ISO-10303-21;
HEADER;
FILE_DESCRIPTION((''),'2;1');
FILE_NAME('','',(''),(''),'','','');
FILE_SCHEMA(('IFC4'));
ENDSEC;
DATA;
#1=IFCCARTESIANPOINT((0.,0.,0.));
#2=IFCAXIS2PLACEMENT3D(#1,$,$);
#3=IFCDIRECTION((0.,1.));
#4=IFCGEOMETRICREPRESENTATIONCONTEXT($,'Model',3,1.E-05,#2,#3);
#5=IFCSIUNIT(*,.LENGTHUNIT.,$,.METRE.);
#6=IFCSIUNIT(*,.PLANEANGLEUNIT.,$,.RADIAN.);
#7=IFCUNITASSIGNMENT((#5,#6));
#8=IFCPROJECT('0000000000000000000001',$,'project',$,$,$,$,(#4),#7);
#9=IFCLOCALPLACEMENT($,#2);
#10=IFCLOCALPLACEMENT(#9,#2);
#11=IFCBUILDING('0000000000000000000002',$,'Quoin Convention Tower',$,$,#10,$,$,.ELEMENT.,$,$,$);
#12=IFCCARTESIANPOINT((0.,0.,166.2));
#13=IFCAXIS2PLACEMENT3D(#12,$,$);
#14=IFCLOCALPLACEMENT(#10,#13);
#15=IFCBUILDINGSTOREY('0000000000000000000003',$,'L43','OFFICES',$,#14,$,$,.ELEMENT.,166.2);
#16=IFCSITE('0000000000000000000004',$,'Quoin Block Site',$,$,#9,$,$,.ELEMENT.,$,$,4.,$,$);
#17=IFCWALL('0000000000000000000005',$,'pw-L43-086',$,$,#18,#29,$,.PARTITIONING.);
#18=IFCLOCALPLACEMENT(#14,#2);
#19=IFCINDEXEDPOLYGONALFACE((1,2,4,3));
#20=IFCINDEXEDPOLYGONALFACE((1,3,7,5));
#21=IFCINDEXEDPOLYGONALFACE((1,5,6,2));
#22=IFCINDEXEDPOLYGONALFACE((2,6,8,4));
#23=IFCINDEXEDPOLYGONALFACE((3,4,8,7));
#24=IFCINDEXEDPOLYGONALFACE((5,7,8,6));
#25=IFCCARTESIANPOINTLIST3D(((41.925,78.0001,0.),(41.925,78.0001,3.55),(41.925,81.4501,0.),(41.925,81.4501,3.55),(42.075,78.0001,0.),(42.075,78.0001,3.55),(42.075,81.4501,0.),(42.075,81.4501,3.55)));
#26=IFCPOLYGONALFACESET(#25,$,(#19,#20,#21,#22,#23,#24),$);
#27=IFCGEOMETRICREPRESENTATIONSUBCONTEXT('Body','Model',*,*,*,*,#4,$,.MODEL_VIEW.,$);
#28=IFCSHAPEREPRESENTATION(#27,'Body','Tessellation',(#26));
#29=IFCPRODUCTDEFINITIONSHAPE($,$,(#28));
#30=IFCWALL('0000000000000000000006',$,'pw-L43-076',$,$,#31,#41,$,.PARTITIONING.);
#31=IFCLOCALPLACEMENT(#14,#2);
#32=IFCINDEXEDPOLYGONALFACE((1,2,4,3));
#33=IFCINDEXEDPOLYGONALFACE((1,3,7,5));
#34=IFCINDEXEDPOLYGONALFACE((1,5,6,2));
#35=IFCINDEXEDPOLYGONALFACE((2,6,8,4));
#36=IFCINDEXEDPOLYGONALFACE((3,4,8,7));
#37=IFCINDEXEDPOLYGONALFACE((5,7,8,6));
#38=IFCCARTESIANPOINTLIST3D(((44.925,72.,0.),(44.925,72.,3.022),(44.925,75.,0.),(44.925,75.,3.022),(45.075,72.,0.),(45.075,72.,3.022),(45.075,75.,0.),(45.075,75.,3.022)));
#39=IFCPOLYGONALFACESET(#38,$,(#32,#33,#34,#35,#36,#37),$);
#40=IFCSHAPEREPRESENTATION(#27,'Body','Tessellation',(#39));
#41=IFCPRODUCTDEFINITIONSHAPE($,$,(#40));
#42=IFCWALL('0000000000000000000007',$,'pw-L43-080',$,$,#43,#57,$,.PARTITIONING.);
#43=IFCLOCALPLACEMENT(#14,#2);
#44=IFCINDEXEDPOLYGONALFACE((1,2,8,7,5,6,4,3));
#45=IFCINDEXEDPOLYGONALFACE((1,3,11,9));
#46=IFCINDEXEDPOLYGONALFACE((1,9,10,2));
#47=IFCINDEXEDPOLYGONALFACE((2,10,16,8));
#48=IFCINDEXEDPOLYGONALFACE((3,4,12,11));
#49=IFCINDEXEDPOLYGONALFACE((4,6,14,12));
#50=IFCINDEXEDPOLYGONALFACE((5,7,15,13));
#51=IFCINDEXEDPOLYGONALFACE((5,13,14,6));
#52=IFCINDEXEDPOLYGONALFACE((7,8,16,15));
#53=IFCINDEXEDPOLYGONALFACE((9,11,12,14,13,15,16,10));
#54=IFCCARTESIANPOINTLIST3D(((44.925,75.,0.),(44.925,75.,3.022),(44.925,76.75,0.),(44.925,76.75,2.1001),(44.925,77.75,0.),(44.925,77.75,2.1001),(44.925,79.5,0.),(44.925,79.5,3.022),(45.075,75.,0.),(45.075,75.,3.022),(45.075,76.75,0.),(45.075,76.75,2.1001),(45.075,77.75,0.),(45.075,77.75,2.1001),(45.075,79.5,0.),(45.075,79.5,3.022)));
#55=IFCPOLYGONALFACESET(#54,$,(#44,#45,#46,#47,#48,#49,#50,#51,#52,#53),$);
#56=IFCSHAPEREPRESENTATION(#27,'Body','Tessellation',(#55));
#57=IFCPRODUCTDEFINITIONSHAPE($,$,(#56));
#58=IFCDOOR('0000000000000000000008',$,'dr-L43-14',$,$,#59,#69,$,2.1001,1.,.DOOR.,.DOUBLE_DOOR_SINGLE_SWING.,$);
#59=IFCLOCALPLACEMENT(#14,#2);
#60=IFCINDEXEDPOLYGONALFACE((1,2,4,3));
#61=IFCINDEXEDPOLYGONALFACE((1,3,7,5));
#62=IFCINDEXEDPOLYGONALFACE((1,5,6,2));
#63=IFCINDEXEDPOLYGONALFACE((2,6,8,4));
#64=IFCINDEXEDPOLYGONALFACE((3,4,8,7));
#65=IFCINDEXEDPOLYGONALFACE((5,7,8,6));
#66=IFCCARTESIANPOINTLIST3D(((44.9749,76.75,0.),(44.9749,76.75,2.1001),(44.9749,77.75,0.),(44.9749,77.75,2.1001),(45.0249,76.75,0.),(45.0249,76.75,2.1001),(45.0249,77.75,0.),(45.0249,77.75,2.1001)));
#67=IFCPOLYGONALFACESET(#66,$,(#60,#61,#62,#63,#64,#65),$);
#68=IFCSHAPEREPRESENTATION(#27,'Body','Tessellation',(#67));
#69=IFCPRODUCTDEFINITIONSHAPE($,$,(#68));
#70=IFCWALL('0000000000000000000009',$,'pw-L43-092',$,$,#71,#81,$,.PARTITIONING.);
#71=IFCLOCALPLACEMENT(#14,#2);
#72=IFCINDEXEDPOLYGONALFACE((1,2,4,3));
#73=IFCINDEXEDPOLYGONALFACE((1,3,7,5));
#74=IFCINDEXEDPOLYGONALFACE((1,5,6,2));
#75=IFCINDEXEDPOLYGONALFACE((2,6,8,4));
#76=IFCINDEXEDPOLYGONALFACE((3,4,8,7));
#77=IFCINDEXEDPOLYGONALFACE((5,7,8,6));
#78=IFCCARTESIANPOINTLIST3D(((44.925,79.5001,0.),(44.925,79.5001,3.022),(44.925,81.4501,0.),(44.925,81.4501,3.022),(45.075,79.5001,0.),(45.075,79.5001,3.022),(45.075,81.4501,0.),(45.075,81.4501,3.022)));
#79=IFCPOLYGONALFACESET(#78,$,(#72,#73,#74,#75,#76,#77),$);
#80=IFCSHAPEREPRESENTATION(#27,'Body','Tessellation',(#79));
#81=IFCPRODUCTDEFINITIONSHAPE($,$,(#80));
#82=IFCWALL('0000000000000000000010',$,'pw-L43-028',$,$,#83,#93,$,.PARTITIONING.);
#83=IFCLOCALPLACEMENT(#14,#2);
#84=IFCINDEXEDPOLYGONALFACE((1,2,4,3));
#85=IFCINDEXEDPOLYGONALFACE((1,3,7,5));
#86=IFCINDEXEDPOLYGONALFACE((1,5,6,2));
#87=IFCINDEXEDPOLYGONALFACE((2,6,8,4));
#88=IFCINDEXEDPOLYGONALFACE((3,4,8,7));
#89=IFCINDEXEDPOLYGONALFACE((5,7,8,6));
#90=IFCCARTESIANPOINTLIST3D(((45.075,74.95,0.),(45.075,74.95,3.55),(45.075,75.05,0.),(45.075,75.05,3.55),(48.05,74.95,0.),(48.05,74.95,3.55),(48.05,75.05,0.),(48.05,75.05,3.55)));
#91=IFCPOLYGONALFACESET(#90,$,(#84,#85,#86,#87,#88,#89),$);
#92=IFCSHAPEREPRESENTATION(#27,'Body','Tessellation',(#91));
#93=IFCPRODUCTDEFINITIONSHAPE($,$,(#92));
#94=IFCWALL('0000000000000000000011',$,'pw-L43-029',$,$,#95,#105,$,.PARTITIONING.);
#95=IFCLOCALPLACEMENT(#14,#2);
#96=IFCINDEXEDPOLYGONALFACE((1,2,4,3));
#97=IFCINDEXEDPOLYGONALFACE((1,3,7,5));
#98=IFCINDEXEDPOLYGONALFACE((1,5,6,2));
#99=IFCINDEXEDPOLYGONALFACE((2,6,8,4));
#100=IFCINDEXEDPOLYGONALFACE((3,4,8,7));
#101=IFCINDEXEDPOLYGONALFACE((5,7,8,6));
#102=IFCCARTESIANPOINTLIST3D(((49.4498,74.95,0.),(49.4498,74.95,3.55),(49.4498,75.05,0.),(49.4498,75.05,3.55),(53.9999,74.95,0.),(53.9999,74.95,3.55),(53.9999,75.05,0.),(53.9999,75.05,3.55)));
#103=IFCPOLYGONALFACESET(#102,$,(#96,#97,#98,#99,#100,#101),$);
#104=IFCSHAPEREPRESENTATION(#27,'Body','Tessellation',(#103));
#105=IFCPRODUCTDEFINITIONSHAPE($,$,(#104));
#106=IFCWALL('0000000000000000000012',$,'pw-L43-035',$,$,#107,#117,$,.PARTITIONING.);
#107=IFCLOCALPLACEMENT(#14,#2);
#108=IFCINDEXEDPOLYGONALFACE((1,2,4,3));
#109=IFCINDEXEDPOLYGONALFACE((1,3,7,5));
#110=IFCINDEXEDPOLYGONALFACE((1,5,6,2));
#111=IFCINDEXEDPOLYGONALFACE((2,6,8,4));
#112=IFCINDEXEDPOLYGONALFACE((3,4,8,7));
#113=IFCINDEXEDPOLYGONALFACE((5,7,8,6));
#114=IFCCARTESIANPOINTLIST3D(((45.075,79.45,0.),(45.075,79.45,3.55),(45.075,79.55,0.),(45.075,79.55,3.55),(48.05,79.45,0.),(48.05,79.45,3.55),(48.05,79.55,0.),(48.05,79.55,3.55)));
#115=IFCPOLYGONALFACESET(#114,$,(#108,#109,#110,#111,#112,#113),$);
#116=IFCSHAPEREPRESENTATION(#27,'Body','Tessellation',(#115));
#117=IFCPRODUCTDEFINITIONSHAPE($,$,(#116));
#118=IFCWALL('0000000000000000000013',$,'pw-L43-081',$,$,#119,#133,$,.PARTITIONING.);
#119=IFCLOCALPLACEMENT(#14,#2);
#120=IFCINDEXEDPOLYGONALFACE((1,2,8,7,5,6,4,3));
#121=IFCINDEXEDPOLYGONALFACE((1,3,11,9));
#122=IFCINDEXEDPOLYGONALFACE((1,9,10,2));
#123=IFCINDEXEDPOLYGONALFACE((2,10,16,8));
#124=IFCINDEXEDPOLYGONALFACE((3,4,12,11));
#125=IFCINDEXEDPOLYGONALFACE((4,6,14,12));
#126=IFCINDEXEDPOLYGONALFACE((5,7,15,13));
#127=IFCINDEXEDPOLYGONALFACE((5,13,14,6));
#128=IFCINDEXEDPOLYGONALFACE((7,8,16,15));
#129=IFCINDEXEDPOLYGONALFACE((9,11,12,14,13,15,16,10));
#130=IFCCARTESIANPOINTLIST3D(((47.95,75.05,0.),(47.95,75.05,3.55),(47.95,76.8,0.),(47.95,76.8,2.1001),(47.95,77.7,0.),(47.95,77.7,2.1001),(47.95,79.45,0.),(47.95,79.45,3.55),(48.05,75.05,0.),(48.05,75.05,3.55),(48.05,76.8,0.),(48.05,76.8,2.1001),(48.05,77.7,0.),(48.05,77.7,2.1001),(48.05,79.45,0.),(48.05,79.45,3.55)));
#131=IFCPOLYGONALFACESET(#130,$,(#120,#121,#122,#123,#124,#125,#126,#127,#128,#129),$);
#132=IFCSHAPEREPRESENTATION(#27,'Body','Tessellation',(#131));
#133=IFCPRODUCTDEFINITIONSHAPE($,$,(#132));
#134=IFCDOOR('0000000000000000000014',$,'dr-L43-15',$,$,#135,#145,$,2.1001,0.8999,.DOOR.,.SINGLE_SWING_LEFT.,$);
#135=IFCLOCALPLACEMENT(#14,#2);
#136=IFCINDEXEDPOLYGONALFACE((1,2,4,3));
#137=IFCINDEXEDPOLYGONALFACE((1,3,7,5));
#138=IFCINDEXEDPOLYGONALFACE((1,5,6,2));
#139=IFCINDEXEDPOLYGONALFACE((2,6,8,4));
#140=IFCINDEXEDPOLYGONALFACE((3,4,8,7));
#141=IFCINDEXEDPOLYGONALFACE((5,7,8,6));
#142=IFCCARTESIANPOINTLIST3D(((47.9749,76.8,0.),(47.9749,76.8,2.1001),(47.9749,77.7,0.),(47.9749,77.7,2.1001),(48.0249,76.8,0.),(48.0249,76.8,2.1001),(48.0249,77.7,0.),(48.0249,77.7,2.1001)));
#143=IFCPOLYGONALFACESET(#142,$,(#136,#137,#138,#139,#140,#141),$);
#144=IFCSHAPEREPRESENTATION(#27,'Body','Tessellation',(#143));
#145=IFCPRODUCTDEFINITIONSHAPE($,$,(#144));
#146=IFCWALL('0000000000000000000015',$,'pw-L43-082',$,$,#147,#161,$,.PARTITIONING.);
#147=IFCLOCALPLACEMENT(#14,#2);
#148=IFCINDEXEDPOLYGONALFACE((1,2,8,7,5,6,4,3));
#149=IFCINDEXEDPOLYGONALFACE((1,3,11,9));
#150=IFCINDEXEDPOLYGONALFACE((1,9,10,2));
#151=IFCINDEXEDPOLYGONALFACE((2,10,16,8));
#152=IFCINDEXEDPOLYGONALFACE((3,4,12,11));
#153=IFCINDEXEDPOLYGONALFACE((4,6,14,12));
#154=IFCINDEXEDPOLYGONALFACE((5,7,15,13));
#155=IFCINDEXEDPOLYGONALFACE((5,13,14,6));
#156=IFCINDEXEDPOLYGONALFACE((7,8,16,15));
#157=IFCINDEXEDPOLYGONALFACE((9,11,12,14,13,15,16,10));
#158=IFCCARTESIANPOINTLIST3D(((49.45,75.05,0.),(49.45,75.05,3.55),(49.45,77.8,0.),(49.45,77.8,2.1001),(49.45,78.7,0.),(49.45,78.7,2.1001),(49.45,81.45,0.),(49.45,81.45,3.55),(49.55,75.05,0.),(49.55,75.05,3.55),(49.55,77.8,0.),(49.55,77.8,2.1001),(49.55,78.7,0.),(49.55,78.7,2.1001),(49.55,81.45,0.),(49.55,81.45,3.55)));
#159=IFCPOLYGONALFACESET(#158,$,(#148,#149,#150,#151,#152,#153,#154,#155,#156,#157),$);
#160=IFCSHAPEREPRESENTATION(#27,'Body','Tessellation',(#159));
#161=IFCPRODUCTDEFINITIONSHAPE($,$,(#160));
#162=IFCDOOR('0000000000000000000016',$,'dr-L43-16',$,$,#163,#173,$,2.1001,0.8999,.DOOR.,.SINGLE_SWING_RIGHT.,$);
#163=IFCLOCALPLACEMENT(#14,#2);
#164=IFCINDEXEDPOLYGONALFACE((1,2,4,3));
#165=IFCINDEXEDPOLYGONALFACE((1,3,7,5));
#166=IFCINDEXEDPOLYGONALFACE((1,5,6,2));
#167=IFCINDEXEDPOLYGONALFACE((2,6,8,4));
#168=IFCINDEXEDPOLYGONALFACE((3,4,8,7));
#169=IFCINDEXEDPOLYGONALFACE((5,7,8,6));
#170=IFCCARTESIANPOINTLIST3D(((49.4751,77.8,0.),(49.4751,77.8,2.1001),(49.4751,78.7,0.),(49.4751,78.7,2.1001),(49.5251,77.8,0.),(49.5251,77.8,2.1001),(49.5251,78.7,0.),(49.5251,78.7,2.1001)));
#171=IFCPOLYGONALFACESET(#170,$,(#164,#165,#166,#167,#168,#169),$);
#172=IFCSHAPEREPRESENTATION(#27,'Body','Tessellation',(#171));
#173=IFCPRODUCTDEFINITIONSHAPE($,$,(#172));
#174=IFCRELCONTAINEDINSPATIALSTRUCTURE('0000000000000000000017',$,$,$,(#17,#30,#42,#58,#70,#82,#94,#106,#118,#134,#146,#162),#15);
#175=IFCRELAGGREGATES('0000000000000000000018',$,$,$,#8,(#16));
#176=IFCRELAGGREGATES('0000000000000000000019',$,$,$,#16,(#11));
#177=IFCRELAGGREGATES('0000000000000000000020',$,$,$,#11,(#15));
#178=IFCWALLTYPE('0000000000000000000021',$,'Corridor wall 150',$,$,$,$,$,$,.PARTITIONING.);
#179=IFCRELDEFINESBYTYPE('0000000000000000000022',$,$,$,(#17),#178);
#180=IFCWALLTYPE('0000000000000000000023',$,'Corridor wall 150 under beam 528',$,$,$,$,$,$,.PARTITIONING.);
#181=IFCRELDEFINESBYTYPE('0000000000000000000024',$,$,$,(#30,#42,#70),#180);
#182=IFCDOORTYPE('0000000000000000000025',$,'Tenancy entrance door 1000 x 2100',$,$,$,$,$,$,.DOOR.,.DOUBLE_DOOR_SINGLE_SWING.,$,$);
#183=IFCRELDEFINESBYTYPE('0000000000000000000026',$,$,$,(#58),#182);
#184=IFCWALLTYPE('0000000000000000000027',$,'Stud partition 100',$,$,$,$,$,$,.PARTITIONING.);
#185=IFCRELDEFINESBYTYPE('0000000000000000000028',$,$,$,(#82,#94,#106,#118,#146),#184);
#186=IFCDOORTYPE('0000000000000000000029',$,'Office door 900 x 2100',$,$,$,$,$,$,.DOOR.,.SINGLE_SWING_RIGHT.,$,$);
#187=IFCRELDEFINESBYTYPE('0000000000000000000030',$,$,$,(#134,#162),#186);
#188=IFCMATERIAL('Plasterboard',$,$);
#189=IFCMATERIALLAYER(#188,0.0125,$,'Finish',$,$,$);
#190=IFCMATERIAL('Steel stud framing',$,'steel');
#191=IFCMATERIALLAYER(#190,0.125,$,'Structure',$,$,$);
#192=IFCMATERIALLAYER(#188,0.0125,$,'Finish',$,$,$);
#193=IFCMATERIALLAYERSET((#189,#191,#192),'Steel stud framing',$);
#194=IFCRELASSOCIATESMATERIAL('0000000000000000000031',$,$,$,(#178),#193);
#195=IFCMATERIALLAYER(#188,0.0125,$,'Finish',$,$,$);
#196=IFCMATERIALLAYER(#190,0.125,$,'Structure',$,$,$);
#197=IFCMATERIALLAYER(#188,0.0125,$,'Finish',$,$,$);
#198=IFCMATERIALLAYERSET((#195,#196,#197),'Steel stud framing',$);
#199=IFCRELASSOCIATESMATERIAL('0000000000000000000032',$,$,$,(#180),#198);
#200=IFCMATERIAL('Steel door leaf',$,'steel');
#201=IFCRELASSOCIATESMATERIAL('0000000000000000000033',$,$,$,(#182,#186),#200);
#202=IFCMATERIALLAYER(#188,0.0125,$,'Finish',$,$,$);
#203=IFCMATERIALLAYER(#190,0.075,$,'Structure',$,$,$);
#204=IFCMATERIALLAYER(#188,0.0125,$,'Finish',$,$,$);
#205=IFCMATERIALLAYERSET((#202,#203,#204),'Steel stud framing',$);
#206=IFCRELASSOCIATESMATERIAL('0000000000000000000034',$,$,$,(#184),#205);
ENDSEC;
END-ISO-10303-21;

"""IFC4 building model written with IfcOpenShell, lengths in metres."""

from ifc_helpers import new_model, si_unit, direction, frame, frame_2d, origin, place, context, subcontext, project, spatial, rectangle, extrude, material, layer, layer_set, type_object, element, fill, save


model = new_model("IFC4")

# Units and contexts
model_context = context("Model", 3, precision=1e-05, world=origin(), true_north=direction((0.0, 1.0)))
body_context = subcontext(model_context, "Body", "Model", "MODEL_VIEW")
ifc_project = project(units=[si_unit("LENGTHUNIT", "METRE"), si_unit("PLANEANGLEUNIT", "RADIAN")], contexts=[model_context])

# Site, building, storey
site_placement = place(None, origin())
site = spatial("IfcSite", under=ifc_project, at=site_placement, Name="Quoin Block Site", CompositionType="ELEMENT", RefElevation=4.0)
building_placement = place(site_placement, origin())
building = spatial("IfcBuilding", under=site, at=building_placement, Name="Quoin Convention Tower", CompositionType="ELEMENT")
storey_placement = place(building_placement, frame((0.0, 0.0, 166.2)))
storey = spatial("IfcBuildingStorey", under=building, at=storey_placement, Name="L43", Description="OFFICES", CompositionType="ELEMENT", Elevation=166.2)

# Walls
ifc_material_1 = material(Name="Plasterboard")
ifc_layer_1 = layer(ifc_material_1, 0.0125, Name="Finish")
ifc_material_2 = material(Name="Steel stud framing", Category="steel")
ifc_layer_2 = layer(ifc_material_2, 0.125, Name="Structure")
ifc_layer_3 = layer(ifc_material_1, 0.0125, Name="Finish")
ifc_layer_set_1 = layer_set([ifc_layer_1, ifc_layer_2, ifc_layer_3], Name="Steel stud framing")
wall_type_1 = type_object("IfcWallType", Name="Corridor wall 150", PredefinedType="PARTITIONING", material=ifc_layer_set_1)
wall_1_placement = place(storey_placement, frame((42.0, 78.0, 0.0), z_axis=(0.0, 0.0, 1.0), x_axis=(0.0, 1.0, 0.0)))
element("IfcWall", 1, at=wall_1_placement, inside=storey, type_object=wall_type_1, Name="pw-L43-086", PredefinedType="PARTITIONING", context=body_context, shape_type="SweptSolid", body=[
    extrude(rectangle(XDim=3.45, YDim=0.1499, at=frame_2d((1.7251, 0.0))), origin(), (0.0, 0.0, 1.0), 3.55),
])
ifc_layer_4 = layer(ifc_material_1, 0.0125, Name="Finish")
ifc_layer_5 = layer(ifc_material_2, 0.125, Name="Structure")
ifc_layer_6 = layer(ifc_material_1, 0.0125, Name="Finish")
ifc_layer_set_2 = layer_set([ifc_layer_4, ifc_layer_5, ifc_layer_6], Name="Steel stud framing")
wall_type_2 = type_object("IfcWallType", Name="Corridor wall 150 under beam 528", PredefinedType="PARTITIONING", material=ifc_layer_set_2)
wall_2_placement = place(storey_placement, frame((45.0, 72.0, 0.0), z_axis=(0.0, 0.0, 1.0), x_axis=(0.0, 1.0, 0.0)))
element("IfcWall", 2, at=wall_2_placement, inside=storey, type_object=wall_type_2, Name="pw-L43-076", PredefinedType="PARTITIONING", context=body_context, shape_type="SweptSolid", body=[
    extrude(rectangle(XDim=3.0, YDim=0.1499, at=frame_2d((1.5, 0.0))), origin(), (0.0, 0.0, 1.0), 3.022),
])

# Wall, opening, door
wall_3_placement = place(storey_placement, frame((45.0, 75.0, 0.0), z_axis=(0.0, 0.0, 1.0), x_axis=(0.0, 1.0, 0.0)))
wall_3 = element("IfcWall", 3, at=wall_3_placement, inside=storey, type_object=wall_type_2, Name="pw-L43-080", PredefinedType="PARTITIONING", context=body_context, shape_type="SweptSolid", body=[
    extrude(rectangle(XDim=4.5, YDim=0.1499, at=frame_2d((2.25, 0.0))), origin(), (0.0, 0.0, 1.0), 3.022),
])
opening_1_placement = place(wall_3_placement, frame((1.75, 0.0, 0.0)))
opening_1 = element("IfcOpeningElement", 4, at=opening_1_placement, cuts=wall_3, PredefinedType="OPENING", context=body_context, shape_type="SweptSolid", body=[
    extrude(rectangle(XDim=1.0, YDim=2.1001, at=frame_2d((0.5, 1.05))), frame((0.0, 0.085, 0.0), z_axis=(0.0, -1.0, 0.0), x_axis=(1.0, 0.0, 0.0)), (0.0, 0.0, 1.0), 0.1699),
])
ifc_material_3 = material(Name="Steel door leaf", Category="steel")
door_type_1 = type_object("IfcDoorType", Name="Tenancy entrance door 1000 x 2100", OperationType="DOUBLE_DOOR_SINGLE_SWING", PredefinedType="DOOR", material=ifc_material_3)
door_1_placement = place(opening_1_placement, frame((1.0, 0.0, 0.0), z_axis=(0.0, 0.0, 1.0), x_axis=(-1.0, 0.0, 0.0)))
door_1 = element("IfcDoor", 5, at=door_1_placement, inside=storey, type_object=door_type_1, Name="dr-L43-14", OperationType="DOUBLE_DOOR_SINGLE_SWING", OverallHeight=2.1001, OverallWidth=1.0, PredefinedType="DOOR", context=body_context, shape_type="SweptSolid", body=[
    extrude(rectangle(XDim=1.0, YDim=2.1001, at=frame_2d((0.5, 1.05))), frame((0.0, 0.0249, 0.0), z_axis=(0.0, -1.0, 0.0), x_axis=(1.0, 0.0, 0.0)), (0.0, 0.0, 1.0), 0.05),
])
fill(opening_1, door_1)

# Walls
wall_4_placement = place(storey_placement, frame((45.0, 79.5, 0.0), z_axis=(0.0, 0.0, 1.0), x_axis=(0.0, 1.0, 0.0)))
element("IfcWall", 6, at=wall_4_placement, inside=storey, type_object=wall_type_2, Name="pw-L43-092", PredefinedType="PARTITIONING", context=body_context, shape_type="SweptSolid", body=[
    extrude(rectangle(XDim=1.95, YDim=0.1499, at=frame_2d((0.9751, 0.0))), origin(), (0.0, 0.0, 1.0), 3.022),
])
ifc_layer_7 = layer(ifc_material_1, 0.0125, Name="Finish")
ifc_layer_8 = layer(ifc_material_2, 0.075, Name="Structure")
ifc_layer_9 = layer(ifc_material_1, 0.0125, Name="Finish")
ifc_layer_set_3 = layer_set([ifc_layer_7, ifc_layer_8, ifc_layer_9], Name="Steel stud framing")
wall_type_3 = type_object("IfcWallType", Name="Stud partition 100", PredefinedType="PARTITIONING", material=ifc_layer_set_3)
wall_5_placement = place(storey_placement, frame((45.075, 75.0, 0.0), z_axis=(0.0, 0.0, 1.0), x_axis=(1.0, 0.0, 0.0)))
element("IfcWall", 7, at=wall_5_placement, inside=storey, type_object=wall_type_3, Name="pw-L43-028", PredefinedType="PARTITIONING", context=body_context, shape_type="SweptSolid", body=[
    extrude(rectangle(XDim=2.9751, YDim=0.1001, at=frame_2d((1.4875, 0.0))), origin(), (0.0, 0.0, 1.0), 3.55),
])
wall_6_placement = place(storey_placement, frame((49.45, 75.0, 0.0), z_axis=(0.0, 0.0, 1.0), x_axis=(1.0, 0.0, 0.0)))
element("IfcWall", 8, at=wall_6_placement, inside=storey, type_object=wall_type_3, Name="pw-L43-029", PredefinedType="PARTITIONING", context=body_context, shape_type="SweptSolid", body=[
    extrude(rectangle(XDim=4.55, YDim=0.1001, at=frame_2d((2.2749, 0.0))), origin(), (0.0, 0.0, 1.0), 3.55),
])
wall_7_placement = place(storey_placement, frame((45.075, 79.5, 0.0), z_axis=(0.0, 0.0, 1.0), x_axis=(1.0, 0.0, 0.0)))
element("IfcWall", 9, at=wall_7_placement, inside=storey, type_object=wall_type_3, Name="pw-L43-035", PredefinedType="PARTITIONING", context=body_context, shape_type="SweptSolid", body=[
    extrude(rectangle(XDim=2.9751, YDim=0.1001, at=frame_2d((1.4875, 0.0))), origin(), (0.0, 0.0, 1.0), 3.55),
])

# Walls, openings, doors
wall_8_placement = place(storey_placement, frame((48.0, 75.05, 0.0), z_axis=(0.0, 0.0, 1.0), x_axis=(0.0, 1.0, 0.0)))
wall_8 = element("IfcWall", 10, at=wall_8_placement, inside=storey, type_object=wall_type_3, Name="pw-L43-081", PredefinedType="PARTITIONING", context=body_context, shape_type="SweptSolid", body=[
    extrude(rectangle(XDim=4.3999, YDim=0.1001, at=frame_2d((2.2, 0.0))), origin(), (0.0, 0.0, 1.0), 3.55),
])
opening_2_placement = place(wall_8_placement, frame((1.75, 0.0, 0.0)))
opening_2 = element("IfcOpeningElement", 11, at=opening_2_placement, cuts=wall_8, PredefinedType="OPENING", context=body_context, shape_type="SweptSolid", body=[
    extrude(rectangle(XDim=0.8999, YDim=2.1001, at=frame_2d((0.45, 1.05))), frame((0.0, 0.0601, 0.0), z_axis=(0.0, -1.0, 0.0), x_axis=(1.0, 0.0, 0.0)), (0.0, 0.0, 1.0), 0.1201),
])
door_type_2 = type_object("IfcDoorType", Name="Office door 900 x 2100", OperationType="SINGLE_SWING_RIGHT", PredefinedType="DOOR", material=ifc_material_3)
door_2_placement = place(opening_2_placement, frame((0.8999, 0.0, 0.0), z_axis=(0.0, 0.0, 1.0), x_axis=(-1.0, 0.0, 0.0)))
door_2 = element("IfcDoor", 12, at=door_2_placement, inside=storey, type_object=door_type_2, Name="dr-L43-15", OperationType="SINGLE_SWING_LEFT", OverallHeight=2.1001, OverallWidth=0.8999, PredefinedType="DOOR", context=body_context, shape_type="SweptSolid", body=[
    extrude(rectangle(XDim=0.8999, YDim=2.1001, at=frame_2d((0.45, 1.05))), frame((0.0, 0.0249, 0.0), z_axis=(0.0, -1.0, 0.0), x_axis=(1.0, 0.0, 0.0)), (0.0, 0.0, 1.0), 0.05),
])
fill(opening_2, door_2)
wall_9_placement = place(storey_placement, frame((49.5, 75.05, 0.0), z_axis=(0.0, 0.0, 1.0), x_axis=(0.0, 1.0, 0.0)))
wall_9 = element("IfcWall", 13, at=wall_9_placement, inside=storey, type_object=wall_type_3, Name="pw-L43-082", PredefinedType="PARTITIONING", context=body_context, shape_type="SweptSolid", body=[
    extrude(rectangle(XDim=6.3999, YDim=0.1001, at=frame_2d((3.2, 0.0))), origin(), (0.0, 0.0, 1.0), 3.55),
])
opening_3_placement = place(wall_9_placement, frame((2.75, 0.0, 0.0)))
opening_3 = element("IfcOpeningElement", 14, at=opening_3_placement, cuts=wall_9, PredefinedType="OPENING", context=body_context, shape_type="SweptSolid", body=[
    extrude(rectangle(XDim=0.8999, YDim=2.1001, at=frame_2d((0.45, 1.05))), frame((0.0, 0.0601, 0.0), z_axis=(0.0, -1.0, 0.0), x_axis=(1.0, 0.0, 0.0)), (0.0, 0.0, 1.0), 0.1201),
])
door_3_placement = place(opening_3_placement, origin())
door_3 = element("IfcDoor", 15, at=door_3_placement, inside=storey, type_object=door_type_2, Name="dr-L43-16", OperationType="SINGLE_SWING_RIGHT", OverallHeight=2.1001, OverallWidth=0.8999, PredefinedType="DOOR", context=body_context, shape_type="SweptSolid", body=[
    extrude(rectangle(XDim=0.8999, YDim=2.1001, at=frame_2d((0.45, 1.05))), frame((0.0, 0.0249, 0.0), z_axis=(0.0, -1.0, 0.0), x_axis=(1.0, 0.0, 0.0)), (0.0, 0.0, 1.0), 0.05),
])
fill(opening_3, door_3)

save(model, "model.ifc")
